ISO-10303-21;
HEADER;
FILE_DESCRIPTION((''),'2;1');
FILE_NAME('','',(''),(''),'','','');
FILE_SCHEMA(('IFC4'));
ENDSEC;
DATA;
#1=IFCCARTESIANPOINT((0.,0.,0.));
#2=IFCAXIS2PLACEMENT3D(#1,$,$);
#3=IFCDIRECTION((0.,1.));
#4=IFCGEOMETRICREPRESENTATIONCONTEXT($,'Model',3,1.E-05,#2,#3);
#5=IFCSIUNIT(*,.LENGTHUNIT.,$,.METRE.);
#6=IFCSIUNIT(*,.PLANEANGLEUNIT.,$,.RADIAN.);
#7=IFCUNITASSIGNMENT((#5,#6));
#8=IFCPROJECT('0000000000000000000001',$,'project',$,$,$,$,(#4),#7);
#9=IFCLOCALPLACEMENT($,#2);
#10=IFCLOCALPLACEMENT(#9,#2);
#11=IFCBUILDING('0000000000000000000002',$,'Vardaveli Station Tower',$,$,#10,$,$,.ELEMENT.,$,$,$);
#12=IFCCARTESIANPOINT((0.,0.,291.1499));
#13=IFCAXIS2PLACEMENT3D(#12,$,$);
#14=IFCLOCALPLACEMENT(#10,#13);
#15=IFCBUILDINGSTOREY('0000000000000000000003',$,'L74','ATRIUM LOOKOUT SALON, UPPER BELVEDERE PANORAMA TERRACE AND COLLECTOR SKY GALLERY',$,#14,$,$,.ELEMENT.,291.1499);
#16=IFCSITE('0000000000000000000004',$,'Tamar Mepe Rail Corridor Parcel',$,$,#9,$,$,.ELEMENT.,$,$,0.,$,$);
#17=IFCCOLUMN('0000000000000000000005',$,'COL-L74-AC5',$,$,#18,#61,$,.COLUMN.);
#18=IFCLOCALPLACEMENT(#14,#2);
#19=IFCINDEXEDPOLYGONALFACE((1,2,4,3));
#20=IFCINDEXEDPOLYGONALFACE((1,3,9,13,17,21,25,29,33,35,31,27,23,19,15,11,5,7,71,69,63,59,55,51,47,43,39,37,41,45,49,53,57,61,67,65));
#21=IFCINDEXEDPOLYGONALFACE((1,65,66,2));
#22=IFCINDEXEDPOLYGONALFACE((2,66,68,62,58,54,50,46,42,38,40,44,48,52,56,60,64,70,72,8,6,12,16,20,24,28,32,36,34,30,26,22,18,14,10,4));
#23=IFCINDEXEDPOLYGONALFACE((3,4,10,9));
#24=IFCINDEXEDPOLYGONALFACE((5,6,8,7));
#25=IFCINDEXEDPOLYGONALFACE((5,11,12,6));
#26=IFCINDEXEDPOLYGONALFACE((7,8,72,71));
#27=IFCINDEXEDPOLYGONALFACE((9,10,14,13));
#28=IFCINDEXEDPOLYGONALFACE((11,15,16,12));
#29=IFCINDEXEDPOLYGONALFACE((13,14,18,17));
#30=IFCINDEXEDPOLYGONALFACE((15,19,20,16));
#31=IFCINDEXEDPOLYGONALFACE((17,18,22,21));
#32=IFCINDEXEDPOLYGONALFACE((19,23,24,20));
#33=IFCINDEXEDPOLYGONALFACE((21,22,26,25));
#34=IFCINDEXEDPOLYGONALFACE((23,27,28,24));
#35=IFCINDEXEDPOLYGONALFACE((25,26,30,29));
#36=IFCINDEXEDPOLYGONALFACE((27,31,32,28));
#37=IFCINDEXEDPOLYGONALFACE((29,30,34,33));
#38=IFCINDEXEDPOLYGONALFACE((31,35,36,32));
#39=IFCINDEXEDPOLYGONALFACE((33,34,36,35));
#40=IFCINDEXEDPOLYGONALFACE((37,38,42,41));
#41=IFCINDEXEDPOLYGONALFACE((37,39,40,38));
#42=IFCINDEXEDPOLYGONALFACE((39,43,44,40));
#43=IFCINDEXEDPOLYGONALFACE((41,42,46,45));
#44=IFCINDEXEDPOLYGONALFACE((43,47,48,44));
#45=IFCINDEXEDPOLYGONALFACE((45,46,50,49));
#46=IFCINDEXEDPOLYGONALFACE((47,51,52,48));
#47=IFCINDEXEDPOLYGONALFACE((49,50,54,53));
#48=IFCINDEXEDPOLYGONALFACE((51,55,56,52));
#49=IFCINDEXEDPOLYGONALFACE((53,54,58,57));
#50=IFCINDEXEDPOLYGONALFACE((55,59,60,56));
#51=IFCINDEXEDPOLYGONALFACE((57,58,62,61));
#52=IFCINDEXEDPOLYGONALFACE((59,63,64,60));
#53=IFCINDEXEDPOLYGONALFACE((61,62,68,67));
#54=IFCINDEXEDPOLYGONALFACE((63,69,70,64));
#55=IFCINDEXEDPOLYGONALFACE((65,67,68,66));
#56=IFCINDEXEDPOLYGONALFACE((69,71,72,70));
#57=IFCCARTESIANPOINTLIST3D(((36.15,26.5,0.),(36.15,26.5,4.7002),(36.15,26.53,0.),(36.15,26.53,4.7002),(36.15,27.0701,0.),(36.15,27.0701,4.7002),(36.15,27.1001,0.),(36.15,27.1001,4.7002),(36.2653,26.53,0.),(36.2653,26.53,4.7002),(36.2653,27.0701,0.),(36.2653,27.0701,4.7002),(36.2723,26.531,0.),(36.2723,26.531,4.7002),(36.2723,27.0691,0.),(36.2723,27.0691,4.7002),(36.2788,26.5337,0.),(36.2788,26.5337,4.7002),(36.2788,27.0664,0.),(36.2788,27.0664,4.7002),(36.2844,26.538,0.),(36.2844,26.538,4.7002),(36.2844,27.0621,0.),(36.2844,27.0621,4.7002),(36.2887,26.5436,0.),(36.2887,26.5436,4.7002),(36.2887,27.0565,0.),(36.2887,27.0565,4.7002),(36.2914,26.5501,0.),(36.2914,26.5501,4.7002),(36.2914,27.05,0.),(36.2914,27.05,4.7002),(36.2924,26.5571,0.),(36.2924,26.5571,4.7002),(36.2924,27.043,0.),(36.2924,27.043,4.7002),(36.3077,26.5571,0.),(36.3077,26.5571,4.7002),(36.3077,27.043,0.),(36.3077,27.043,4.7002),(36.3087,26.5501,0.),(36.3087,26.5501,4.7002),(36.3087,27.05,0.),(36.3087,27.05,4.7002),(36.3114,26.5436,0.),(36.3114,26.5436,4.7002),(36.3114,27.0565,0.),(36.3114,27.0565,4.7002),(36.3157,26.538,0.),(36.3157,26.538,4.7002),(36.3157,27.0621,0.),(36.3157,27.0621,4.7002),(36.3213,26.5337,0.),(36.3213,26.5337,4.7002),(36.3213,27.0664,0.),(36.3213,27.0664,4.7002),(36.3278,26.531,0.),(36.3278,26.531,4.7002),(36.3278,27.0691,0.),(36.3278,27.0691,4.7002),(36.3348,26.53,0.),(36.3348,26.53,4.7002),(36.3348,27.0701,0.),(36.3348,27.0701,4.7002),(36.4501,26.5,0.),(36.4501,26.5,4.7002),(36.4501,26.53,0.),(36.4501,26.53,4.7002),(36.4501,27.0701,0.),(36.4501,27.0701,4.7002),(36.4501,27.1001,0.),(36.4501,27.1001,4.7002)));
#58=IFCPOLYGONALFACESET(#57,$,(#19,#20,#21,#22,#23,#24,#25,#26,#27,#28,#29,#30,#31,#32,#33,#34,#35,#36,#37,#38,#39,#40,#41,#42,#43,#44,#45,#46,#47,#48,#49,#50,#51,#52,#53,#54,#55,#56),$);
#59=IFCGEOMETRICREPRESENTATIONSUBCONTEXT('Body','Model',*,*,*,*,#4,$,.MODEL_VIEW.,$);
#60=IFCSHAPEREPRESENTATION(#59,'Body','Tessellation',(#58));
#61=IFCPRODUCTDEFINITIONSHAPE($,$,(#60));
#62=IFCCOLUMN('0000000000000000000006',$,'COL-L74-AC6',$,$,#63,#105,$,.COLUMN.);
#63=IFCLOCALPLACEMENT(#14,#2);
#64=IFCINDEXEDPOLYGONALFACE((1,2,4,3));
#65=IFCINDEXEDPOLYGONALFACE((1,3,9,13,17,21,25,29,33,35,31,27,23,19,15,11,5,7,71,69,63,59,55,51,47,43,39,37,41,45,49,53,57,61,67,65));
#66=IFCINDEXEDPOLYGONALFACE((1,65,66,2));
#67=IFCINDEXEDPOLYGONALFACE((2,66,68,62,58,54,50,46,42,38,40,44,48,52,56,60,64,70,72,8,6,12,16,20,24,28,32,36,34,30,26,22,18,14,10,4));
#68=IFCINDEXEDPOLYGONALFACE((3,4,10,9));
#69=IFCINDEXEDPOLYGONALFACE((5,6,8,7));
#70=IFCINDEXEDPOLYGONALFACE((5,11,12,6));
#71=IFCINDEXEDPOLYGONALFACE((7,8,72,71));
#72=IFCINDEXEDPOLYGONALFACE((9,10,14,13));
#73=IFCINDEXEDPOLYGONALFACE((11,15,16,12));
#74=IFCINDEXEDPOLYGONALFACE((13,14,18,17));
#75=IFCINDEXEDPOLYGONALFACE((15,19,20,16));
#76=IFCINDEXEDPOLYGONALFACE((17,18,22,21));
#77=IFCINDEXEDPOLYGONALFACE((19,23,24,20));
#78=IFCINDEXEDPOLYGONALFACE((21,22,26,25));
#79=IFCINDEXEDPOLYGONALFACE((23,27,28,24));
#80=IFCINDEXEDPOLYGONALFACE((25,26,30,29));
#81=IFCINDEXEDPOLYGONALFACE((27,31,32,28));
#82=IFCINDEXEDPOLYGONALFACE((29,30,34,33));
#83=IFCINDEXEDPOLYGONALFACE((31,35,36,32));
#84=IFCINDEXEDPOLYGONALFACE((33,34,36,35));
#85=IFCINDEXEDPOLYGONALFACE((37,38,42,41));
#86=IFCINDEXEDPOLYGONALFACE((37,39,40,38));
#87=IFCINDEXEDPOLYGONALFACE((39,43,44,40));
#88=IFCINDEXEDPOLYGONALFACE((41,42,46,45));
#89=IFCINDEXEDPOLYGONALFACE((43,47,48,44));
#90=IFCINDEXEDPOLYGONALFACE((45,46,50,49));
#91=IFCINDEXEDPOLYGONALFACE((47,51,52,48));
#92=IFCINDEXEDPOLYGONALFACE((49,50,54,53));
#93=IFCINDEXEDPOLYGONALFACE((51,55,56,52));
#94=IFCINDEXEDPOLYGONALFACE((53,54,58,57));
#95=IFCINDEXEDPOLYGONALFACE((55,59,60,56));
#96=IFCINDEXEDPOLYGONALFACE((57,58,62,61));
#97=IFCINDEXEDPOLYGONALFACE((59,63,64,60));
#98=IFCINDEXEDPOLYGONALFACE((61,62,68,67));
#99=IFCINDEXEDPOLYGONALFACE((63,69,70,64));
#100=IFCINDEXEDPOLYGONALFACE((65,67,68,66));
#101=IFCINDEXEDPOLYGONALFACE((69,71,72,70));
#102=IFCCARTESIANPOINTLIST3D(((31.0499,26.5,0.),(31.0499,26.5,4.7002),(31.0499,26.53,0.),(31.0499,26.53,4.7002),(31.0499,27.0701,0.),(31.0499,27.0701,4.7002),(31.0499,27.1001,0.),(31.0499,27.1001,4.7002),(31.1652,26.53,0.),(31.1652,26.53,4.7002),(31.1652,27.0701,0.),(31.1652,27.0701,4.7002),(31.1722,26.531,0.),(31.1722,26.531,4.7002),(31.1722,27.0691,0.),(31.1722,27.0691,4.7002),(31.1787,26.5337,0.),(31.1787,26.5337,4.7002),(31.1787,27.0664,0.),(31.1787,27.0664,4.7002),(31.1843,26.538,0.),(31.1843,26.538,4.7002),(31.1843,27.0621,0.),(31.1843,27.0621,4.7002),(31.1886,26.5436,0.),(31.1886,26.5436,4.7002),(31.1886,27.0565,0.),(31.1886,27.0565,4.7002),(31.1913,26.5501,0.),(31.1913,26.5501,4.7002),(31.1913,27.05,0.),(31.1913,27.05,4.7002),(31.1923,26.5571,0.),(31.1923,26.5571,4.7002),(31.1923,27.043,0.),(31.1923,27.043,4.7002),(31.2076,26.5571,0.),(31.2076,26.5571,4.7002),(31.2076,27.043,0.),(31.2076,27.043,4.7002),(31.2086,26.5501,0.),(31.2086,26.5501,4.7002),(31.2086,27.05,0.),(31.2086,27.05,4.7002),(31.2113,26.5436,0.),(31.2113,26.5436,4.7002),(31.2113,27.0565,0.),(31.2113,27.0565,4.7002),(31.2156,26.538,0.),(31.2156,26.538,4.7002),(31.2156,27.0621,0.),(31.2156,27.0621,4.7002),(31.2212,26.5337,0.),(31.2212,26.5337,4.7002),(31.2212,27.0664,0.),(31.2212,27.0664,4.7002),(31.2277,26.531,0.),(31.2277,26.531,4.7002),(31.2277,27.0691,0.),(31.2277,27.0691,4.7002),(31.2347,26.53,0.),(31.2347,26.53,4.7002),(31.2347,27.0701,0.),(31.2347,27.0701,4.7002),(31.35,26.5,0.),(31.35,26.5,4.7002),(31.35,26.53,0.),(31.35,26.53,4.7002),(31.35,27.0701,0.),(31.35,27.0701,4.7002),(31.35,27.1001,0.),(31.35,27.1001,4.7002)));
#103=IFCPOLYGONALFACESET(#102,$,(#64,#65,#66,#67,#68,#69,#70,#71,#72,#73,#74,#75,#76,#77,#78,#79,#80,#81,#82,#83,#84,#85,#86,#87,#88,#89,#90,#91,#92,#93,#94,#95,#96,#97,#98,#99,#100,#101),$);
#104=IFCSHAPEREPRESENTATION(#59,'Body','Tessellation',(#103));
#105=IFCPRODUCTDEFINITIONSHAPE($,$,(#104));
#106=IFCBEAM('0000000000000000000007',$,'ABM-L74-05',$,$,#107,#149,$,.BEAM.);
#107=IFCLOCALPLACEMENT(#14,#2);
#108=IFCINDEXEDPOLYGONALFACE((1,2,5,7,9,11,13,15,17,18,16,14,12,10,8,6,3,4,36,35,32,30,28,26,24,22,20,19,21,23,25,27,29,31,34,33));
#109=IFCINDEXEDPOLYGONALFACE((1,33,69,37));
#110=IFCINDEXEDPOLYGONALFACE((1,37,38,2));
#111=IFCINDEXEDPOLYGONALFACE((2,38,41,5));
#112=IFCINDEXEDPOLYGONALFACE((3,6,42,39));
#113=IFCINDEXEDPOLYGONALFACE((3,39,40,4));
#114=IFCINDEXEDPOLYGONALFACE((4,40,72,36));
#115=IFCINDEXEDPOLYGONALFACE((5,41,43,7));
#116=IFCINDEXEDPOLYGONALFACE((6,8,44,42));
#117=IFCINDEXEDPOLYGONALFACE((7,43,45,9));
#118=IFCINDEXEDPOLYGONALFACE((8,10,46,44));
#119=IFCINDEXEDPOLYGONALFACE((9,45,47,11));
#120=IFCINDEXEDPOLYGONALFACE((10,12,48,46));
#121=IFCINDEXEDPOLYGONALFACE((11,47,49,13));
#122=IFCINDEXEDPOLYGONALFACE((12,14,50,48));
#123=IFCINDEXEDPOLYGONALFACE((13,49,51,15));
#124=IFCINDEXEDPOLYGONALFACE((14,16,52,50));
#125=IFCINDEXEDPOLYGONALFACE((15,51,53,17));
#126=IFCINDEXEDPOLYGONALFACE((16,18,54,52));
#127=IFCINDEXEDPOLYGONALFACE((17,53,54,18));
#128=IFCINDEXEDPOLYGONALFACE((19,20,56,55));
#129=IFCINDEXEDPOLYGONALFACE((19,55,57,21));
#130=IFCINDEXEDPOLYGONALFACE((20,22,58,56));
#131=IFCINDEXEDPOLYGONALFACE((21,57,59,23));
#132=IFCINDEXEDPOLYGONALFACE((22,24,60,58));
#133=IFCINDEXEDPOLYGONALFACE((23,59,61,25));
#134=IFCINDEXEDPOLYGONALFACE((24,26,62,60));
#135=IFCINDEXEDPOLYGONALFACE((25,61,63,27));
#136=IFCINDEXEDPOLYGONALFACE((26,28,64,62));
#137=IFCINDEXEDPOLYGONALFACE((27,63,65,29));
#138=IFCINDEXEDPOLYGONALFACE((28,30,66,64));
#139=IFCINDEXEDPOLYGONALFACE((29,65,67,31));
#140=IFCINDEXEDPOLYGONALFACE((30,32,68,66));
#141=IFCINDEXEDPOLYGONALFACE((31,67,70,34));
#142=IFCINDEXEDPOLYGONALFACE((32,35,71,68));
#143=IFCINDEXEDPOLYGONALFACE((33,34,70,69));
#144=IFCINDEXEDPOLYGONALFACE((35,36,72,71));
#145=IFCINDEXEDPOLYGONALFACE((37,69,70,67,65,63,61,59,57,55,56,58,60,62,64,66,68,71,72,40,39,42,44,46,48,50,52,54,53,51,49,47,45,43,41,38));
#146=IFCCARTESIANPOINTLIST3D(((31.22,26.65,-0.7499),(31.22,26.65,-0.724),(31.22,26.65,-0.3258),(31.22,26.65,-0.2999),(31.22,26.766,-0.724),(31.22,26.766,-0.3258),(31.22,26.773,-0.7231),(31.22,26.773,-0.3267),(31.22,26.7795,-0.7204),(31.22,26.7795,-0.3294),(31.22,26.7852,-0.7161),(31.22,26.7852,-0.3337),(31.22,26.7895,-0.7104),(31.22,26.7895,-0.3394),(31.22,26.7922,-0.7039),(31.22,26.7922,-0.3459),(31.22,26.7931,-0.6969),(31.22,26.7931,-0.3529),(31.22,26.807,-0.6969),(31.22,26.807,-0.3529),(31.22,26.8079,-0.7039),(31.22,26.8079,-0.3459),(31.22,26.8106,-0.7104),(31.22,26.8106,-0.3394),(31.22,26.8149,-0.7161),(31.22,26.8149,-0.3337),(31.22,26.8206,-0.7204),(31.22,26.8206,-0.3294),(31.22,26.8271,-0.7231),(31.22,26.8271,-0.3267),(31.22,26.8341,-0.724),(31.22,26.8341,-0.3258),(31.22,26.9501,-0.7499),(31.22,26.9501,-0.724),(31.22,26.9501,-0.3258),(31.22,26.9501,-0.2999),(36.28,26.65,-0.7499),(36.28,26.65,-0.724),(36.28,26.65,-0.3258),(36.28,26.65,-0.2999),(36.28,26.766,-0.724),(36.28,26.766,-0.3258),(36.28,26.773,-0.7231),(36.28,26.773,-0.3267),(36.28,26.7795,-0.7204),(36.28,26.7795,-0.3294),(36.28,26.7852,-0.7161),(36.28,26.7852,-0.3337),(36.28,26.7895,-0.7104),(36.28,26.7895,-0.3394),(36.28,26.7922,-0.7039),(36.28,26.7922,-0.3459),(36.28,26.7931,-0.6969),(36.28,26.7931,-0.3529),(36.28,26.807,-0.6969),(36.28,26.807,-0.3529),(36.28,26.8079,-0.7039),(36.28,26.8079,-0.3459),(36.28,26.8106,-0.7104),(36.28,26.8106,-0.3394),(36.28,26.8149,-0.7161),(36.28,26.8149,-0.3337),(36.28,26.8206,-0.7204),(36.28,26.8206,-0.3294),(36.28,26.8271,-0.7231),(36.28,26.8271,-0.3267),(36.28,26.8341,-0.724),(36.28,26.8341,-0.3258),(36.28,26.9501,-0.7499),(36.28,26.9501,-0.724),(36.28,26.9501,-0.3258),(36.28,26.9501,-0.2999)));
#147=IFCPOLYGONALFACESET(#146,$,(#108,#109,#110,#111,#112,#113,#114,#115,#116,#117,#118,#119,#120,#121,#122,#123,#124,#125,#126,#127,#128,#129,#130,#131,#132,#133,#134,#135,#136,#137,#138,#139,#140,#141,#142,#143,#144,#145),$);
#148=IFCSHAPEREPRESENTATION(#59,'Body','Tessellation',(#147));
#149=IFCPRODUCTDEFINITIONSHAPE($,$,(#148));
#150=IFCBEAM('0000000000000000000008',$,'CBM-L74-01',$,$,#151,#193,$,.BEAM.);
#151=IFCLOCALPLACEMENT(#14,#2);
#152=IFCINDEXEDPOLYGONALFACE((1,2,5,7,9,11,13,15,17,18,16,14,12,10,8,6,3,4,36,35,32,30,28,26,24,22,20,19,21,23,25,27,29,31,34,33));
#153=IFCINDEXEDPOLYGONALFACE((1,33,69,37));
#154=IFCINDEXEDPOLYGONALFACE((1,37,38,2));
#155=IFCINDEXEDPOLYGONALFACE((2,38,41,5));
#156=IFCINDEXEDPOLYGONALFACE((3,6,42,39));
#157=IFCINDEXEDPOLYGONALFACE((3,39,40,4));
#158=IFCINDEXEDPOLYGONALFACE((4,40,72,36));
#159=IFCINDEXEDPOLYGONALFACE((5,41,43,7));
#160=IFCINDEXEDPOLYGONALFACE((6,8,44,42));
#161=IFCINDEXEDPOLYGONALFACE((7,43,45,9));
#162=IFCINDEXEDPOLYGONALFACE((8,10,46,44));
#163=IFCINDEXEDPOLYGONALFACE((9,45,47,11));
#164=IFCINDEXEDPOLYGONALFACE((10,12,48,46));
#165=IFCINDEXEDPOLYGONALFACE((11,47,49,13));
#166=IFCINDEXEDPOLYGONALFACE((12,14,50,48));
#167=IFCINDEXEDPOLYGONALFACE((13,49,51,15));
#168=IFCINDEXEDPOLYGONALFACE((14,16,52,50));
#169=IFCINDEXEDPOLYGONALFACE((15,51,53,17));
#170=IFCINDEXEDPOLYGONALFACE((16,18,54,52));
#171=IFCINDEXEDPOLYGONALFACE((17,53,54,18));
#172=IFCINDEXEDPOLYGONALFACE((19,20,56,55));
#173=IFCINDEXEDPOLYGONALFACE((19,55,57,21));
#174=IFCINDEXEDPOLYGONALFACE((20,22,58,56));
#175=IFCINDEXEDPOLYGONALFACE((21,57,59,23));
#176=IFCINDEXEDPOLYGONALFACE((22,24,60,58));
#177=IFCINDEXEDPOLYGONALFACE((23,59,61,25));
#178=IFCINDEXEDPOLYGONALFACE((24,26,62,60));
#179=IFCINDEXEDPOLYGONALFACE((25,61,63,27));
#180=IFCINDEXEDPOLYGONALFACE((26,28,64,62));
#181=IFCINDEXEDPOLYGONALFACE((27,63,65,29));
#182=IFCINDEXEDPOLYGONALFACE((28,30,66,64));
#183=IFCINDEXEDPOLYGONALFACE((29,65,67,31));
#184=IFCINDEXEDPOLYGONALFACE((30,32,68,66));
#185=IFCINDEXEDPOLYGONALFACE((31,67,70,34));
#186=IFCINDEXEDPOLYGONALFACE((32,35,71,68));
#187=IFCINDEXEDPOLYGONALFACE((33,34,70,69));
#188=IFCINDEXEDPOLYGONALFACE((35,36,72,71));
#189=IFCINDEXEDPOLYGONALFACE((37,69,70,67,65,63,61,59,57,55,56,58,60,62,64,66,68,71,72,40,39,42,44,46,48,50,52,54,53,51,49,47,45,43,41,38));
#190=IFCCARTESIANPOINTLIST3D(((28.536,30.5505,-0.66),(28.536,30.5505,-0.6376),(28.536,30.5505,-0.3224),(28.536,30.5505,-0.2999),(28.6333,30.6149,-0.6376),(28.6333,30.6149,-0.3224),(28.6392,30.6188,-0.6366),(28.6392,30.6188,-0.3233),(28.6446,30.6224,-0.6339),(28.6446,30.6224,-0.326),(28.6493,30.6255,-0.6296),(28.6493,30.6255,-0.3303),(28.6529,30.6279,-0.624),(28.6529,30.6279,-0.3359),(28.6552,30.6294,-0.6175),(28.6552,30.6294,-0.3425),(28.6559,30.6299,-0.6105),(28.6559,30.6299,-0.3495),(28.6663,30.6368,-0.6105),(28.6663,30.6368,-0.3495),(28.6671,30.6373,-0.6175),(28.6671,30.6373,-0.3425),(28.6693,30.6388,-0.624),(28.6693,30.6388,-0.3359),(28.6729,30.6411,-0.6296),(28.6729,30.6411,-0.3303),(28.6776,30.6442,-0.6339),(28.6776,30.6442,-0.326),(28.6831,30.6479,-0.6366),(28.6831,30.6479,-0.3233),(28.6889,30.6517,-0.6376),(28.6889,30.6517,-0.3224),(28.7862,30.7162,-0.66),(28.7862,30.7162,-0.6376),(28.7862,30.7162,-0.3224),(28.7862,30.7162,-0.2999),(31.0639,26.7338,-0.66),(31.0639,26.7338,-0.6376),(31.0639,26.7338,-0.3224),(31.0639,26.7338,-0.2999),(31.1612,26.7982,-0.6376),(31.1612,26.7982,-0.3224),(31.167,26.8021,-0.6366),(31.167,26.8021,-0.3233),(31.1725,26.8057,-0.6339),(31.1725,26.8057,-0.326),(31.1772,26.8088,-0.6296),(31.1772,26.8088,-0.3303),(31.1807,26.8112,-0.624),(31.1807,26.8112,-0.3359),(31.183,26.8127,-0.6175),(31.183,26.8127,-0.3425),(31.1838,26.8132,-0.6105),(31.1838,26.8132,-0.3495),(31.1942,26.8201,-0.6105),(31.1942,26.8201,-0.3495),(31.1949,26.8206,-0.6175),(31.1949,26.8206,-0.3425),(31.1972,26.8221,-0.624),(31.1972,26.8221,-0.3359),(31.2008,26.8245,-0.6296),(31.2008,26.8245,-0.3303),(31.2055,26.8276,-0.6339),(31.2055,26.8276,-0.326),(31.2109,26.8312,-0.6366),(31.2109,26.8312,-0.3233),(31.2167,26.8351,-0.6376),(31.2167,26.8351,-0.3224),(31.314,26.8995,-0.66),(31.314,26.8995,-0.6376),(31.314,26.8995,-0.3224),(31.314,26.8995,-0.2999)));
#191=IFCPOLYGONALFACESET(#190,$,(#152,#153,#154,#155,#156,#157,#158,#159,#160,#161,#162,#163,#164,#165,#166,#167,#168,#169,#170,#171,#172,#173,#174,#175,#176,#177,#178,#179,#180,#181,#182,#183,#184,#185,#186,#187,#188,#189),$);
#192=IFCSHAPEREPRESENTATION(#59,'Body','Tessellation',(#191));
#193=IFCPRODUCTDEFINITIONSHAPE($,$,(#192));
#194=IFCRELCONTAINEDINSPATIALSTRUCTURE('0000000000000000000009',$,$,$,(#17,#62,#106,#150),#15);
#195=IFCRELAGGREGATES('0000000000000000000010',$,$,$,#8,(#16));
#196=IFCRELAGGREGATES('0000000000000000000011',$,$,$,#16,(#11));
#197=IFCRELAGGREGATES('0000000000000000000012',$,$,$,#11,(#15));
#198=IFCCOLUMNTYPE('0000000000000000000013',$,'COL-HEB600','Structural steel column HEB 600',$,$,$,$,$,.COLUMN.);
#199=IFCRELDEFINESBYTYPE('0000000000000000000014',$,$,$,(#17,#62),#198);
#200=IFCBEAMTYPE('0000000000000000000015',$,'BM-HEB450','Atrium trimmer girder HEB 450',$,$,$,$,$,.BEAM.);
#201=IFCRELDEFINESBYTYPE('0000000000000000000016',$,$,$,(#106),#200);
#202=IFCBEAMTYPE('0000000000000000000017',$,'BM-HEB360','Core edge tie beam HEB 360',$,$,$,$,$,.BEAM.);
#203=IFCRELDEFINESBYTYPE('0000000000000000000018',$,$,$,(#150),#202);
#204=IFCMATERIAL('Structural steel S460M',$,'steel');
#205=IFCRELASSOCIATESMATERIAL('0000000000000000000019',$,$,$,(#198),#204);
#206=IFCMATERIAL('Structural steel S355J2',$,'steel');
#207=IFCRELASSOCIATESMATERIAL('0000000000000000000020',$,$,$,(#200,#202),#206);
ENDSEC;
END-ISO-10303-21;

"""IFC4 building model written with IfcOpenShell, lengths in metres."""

from ifc_helpers import new_model, si_unit, direction, frame, origin, origin_2d, place, context, subcontext, project, spatial, i_section, extrude, source, transform, mapped, material, material_profile, profile_set, type_object, element, save


model = new_model("IFC4")

# Units and contexts
model_context = context("Model", 3, precision=1e-05, world=origin(), true_north=direction((0.0, 1.0)))
body_context = subcontext(model_context, "Body", "Model", "MODEL_VIEW")
ifc_project = project(units=[si_unit("LENGTHUNIT", "METRE"), si_unit("PLANEANGLEUNIT", "RADIAN")], contexts=[model_context])

# Site, building, storey
site_placement = place(None, origin())
site = spatial("IfcSite", under=ifc_project, at=site_placement, Name="Tamar Mepe Rail Corridor Parcel", CompositionType="ELEMENT", RefElevation=0.0)
building_placement = place(site_placement, origin())
building = spatial("IfcBuilding", under=site, at=building_placement, Name="Vardaveli Station Tower", CompositionType="ELEMENT")
storey_placement = place(building_placement, frame((0.0, 0.0, 291.1499)))
storey = spatial("IfcBuildingStorey", under=building, at=storey_placement, Name="L74", Description="ATRIUM LOOKOUT SALON, UPPER BELVEDERE PANORAMA TERRACE AND COLLECTOR SKY GALLERY", CompositionType="ELEMENT", Elevation=291.1499)

# Columns
ifc_material_1 = material(Name="Structural steel S460M", Category="steel")
ifc_material_profile_1 = material_profile(ifc_material_1, i_section(OverallWidth=0.3, OverallDepth=0.6001, WebThickness=0.0154, FlangeThickness=0.03, FilletRadius=0.0271, at=origin_2d()), Name="HEB 600")
ifc_profile_set_1 = profile_set([ifc_material_profile_1], Name="Structural steel S460M")
column_type = type_object("IfcColumnType", Name="COL-HEB600", Description="Structural steel column HEB 600", PredefinedType="COLUMN", material=ifc_profile_set_1)
shared_shape_1 = source(origin(), body_context, "Body", "SweptSolid", [
    extrude(i_section(OverallWidth=0.3, OverallDepth=0.6001, WebThickness=0.0154, FlangeThickness=0.03, FilletRadius=0.0271, at=origin_2d()), origin(), (0.0, 0.0, 1.0), 4.7002),
])
for number, where, z_axis, x_axis, name in (
    (1, (36.3, 26.8, 0.0), (0.0, 0.0, 1.0), (1.0, 0.0, 0.0), "COL-L74-AC5"),
    (2, (31.2, 26.8, 0.0), (0.0, 0.0, 1.0), (1.0, 0.0, 0.0), "COL-L74-AC6"),
):
    element("IfcColumn", number, at=place(storey_placement, frame(where, z_axis=z_axis, x_axis=x_axis)), inside=storey, type_object=column_type, Name=name, PredefinedType="COLUMN", context=body_context, shape_type="MappedRepresentation", body=[
        mapped(shared_shape_1, transform((0.0, 0.0, 0.0), scale=1.0)),
    ])

# Beams
ifc_material_2 = material(Name="Structural steel S355J2", Category="steel")
ifc_material_profile_2 = material_profile(ifc_material_2, i_section(OverallWidth=0.3, OverallDepth=0.45, WebThickness=0.0139, FlangeThickness=0.0259, FilletRadius=0.0271, at=origin_2d()), Name="HEB 450")
ifc_profile_set_2 = profile_set([ifc_material_profile_2], Name="Structural steel S355J2")
beam_type_1 = type_object("IfcBeamType", Name="BM-HEB450", Description="Atrium trimmer girder HEB 450", PredefinedType="BEAM", material=ifc_profile_set_2)
shared_shape_2 = source(origin(), body_context, "Body", "SweptSolid", [
    extrude(i_section(OverallWidth=0.3, OverallDepth=0.45, WebThickness=0.0139, FlangeThickness=0.0259, FilletRadius=0.0271, at=origin_2d()), origin(), (0.0, 0.0, 1.0), 5.0601),
])
beam_1_placement = place(storey_placement, frame((36.28, 26.8, -0.5249), z_axis=(-1.0, 0.0, 0.0), x_axis=(0.0, -1.0, 0.0)))
element("IfcBeam", 3, at=beam_1_placement, inside=storey, type_object=beam_type_1, Name="ABM-L74-05", PredefinedType="BEAM", context=body_context, shape_type="MappedRepresentation", body=[
    mapped(shared_shape_2, transform((0.0, 0.0, 0.0), scale=1.0)),
])
ifc_material_profile_3 = material_profile(ifc_material_2, i_section(OverallWidth=0.3, OverallDepth=0.3601, WebThickness=0.0125, FlangeThickness=0.0225, FilletRadius=0.0271, at=origin_2d()), Name="HEB 360")
ifc_profile_set_3 = profile_set([ifc_material_profile_3], Name="Structural steel S355J2")
beam_type_2 = type_object("IfcBeamType", Name="BM-HEB360", Description="Core edge tie beam HEB 360", PredefinedType="BEAM", material=ifc_profile_set_3)
shared_shape_3 = source(origin(), body_context, "Body", "SweptSolid", [
    extrude(i_section(OverallWidth=0.3, OverallDepth=0.3601, WebThickness=0.0125, FlangeThickness=0.0225, FilletRadius=0.0271, at=origin_2d()), origin(), (0.0, 0.0, 1.0), 4.5779),
])
beam_2_placement = place(storey_placement, frame((31.189, 26.8167, -0.48), z_axis=(-0.552187, 0.83372, 0.0), x_axis=(-0.83372, -0.552187, 0.0)))
element("IfcBeam", 4, at=beam_2_placement, inside=storey, type_object=beam_type_2, Name="CBM-L74-01", PredefinedType="BEAM", context=body_context, shape_type="MappedRepresentation", body=[
    mapped(shared_shape_3, transform((0.0, 0.0, 0.0), scale=1.0)),
])

save(model, "model.ifc")
